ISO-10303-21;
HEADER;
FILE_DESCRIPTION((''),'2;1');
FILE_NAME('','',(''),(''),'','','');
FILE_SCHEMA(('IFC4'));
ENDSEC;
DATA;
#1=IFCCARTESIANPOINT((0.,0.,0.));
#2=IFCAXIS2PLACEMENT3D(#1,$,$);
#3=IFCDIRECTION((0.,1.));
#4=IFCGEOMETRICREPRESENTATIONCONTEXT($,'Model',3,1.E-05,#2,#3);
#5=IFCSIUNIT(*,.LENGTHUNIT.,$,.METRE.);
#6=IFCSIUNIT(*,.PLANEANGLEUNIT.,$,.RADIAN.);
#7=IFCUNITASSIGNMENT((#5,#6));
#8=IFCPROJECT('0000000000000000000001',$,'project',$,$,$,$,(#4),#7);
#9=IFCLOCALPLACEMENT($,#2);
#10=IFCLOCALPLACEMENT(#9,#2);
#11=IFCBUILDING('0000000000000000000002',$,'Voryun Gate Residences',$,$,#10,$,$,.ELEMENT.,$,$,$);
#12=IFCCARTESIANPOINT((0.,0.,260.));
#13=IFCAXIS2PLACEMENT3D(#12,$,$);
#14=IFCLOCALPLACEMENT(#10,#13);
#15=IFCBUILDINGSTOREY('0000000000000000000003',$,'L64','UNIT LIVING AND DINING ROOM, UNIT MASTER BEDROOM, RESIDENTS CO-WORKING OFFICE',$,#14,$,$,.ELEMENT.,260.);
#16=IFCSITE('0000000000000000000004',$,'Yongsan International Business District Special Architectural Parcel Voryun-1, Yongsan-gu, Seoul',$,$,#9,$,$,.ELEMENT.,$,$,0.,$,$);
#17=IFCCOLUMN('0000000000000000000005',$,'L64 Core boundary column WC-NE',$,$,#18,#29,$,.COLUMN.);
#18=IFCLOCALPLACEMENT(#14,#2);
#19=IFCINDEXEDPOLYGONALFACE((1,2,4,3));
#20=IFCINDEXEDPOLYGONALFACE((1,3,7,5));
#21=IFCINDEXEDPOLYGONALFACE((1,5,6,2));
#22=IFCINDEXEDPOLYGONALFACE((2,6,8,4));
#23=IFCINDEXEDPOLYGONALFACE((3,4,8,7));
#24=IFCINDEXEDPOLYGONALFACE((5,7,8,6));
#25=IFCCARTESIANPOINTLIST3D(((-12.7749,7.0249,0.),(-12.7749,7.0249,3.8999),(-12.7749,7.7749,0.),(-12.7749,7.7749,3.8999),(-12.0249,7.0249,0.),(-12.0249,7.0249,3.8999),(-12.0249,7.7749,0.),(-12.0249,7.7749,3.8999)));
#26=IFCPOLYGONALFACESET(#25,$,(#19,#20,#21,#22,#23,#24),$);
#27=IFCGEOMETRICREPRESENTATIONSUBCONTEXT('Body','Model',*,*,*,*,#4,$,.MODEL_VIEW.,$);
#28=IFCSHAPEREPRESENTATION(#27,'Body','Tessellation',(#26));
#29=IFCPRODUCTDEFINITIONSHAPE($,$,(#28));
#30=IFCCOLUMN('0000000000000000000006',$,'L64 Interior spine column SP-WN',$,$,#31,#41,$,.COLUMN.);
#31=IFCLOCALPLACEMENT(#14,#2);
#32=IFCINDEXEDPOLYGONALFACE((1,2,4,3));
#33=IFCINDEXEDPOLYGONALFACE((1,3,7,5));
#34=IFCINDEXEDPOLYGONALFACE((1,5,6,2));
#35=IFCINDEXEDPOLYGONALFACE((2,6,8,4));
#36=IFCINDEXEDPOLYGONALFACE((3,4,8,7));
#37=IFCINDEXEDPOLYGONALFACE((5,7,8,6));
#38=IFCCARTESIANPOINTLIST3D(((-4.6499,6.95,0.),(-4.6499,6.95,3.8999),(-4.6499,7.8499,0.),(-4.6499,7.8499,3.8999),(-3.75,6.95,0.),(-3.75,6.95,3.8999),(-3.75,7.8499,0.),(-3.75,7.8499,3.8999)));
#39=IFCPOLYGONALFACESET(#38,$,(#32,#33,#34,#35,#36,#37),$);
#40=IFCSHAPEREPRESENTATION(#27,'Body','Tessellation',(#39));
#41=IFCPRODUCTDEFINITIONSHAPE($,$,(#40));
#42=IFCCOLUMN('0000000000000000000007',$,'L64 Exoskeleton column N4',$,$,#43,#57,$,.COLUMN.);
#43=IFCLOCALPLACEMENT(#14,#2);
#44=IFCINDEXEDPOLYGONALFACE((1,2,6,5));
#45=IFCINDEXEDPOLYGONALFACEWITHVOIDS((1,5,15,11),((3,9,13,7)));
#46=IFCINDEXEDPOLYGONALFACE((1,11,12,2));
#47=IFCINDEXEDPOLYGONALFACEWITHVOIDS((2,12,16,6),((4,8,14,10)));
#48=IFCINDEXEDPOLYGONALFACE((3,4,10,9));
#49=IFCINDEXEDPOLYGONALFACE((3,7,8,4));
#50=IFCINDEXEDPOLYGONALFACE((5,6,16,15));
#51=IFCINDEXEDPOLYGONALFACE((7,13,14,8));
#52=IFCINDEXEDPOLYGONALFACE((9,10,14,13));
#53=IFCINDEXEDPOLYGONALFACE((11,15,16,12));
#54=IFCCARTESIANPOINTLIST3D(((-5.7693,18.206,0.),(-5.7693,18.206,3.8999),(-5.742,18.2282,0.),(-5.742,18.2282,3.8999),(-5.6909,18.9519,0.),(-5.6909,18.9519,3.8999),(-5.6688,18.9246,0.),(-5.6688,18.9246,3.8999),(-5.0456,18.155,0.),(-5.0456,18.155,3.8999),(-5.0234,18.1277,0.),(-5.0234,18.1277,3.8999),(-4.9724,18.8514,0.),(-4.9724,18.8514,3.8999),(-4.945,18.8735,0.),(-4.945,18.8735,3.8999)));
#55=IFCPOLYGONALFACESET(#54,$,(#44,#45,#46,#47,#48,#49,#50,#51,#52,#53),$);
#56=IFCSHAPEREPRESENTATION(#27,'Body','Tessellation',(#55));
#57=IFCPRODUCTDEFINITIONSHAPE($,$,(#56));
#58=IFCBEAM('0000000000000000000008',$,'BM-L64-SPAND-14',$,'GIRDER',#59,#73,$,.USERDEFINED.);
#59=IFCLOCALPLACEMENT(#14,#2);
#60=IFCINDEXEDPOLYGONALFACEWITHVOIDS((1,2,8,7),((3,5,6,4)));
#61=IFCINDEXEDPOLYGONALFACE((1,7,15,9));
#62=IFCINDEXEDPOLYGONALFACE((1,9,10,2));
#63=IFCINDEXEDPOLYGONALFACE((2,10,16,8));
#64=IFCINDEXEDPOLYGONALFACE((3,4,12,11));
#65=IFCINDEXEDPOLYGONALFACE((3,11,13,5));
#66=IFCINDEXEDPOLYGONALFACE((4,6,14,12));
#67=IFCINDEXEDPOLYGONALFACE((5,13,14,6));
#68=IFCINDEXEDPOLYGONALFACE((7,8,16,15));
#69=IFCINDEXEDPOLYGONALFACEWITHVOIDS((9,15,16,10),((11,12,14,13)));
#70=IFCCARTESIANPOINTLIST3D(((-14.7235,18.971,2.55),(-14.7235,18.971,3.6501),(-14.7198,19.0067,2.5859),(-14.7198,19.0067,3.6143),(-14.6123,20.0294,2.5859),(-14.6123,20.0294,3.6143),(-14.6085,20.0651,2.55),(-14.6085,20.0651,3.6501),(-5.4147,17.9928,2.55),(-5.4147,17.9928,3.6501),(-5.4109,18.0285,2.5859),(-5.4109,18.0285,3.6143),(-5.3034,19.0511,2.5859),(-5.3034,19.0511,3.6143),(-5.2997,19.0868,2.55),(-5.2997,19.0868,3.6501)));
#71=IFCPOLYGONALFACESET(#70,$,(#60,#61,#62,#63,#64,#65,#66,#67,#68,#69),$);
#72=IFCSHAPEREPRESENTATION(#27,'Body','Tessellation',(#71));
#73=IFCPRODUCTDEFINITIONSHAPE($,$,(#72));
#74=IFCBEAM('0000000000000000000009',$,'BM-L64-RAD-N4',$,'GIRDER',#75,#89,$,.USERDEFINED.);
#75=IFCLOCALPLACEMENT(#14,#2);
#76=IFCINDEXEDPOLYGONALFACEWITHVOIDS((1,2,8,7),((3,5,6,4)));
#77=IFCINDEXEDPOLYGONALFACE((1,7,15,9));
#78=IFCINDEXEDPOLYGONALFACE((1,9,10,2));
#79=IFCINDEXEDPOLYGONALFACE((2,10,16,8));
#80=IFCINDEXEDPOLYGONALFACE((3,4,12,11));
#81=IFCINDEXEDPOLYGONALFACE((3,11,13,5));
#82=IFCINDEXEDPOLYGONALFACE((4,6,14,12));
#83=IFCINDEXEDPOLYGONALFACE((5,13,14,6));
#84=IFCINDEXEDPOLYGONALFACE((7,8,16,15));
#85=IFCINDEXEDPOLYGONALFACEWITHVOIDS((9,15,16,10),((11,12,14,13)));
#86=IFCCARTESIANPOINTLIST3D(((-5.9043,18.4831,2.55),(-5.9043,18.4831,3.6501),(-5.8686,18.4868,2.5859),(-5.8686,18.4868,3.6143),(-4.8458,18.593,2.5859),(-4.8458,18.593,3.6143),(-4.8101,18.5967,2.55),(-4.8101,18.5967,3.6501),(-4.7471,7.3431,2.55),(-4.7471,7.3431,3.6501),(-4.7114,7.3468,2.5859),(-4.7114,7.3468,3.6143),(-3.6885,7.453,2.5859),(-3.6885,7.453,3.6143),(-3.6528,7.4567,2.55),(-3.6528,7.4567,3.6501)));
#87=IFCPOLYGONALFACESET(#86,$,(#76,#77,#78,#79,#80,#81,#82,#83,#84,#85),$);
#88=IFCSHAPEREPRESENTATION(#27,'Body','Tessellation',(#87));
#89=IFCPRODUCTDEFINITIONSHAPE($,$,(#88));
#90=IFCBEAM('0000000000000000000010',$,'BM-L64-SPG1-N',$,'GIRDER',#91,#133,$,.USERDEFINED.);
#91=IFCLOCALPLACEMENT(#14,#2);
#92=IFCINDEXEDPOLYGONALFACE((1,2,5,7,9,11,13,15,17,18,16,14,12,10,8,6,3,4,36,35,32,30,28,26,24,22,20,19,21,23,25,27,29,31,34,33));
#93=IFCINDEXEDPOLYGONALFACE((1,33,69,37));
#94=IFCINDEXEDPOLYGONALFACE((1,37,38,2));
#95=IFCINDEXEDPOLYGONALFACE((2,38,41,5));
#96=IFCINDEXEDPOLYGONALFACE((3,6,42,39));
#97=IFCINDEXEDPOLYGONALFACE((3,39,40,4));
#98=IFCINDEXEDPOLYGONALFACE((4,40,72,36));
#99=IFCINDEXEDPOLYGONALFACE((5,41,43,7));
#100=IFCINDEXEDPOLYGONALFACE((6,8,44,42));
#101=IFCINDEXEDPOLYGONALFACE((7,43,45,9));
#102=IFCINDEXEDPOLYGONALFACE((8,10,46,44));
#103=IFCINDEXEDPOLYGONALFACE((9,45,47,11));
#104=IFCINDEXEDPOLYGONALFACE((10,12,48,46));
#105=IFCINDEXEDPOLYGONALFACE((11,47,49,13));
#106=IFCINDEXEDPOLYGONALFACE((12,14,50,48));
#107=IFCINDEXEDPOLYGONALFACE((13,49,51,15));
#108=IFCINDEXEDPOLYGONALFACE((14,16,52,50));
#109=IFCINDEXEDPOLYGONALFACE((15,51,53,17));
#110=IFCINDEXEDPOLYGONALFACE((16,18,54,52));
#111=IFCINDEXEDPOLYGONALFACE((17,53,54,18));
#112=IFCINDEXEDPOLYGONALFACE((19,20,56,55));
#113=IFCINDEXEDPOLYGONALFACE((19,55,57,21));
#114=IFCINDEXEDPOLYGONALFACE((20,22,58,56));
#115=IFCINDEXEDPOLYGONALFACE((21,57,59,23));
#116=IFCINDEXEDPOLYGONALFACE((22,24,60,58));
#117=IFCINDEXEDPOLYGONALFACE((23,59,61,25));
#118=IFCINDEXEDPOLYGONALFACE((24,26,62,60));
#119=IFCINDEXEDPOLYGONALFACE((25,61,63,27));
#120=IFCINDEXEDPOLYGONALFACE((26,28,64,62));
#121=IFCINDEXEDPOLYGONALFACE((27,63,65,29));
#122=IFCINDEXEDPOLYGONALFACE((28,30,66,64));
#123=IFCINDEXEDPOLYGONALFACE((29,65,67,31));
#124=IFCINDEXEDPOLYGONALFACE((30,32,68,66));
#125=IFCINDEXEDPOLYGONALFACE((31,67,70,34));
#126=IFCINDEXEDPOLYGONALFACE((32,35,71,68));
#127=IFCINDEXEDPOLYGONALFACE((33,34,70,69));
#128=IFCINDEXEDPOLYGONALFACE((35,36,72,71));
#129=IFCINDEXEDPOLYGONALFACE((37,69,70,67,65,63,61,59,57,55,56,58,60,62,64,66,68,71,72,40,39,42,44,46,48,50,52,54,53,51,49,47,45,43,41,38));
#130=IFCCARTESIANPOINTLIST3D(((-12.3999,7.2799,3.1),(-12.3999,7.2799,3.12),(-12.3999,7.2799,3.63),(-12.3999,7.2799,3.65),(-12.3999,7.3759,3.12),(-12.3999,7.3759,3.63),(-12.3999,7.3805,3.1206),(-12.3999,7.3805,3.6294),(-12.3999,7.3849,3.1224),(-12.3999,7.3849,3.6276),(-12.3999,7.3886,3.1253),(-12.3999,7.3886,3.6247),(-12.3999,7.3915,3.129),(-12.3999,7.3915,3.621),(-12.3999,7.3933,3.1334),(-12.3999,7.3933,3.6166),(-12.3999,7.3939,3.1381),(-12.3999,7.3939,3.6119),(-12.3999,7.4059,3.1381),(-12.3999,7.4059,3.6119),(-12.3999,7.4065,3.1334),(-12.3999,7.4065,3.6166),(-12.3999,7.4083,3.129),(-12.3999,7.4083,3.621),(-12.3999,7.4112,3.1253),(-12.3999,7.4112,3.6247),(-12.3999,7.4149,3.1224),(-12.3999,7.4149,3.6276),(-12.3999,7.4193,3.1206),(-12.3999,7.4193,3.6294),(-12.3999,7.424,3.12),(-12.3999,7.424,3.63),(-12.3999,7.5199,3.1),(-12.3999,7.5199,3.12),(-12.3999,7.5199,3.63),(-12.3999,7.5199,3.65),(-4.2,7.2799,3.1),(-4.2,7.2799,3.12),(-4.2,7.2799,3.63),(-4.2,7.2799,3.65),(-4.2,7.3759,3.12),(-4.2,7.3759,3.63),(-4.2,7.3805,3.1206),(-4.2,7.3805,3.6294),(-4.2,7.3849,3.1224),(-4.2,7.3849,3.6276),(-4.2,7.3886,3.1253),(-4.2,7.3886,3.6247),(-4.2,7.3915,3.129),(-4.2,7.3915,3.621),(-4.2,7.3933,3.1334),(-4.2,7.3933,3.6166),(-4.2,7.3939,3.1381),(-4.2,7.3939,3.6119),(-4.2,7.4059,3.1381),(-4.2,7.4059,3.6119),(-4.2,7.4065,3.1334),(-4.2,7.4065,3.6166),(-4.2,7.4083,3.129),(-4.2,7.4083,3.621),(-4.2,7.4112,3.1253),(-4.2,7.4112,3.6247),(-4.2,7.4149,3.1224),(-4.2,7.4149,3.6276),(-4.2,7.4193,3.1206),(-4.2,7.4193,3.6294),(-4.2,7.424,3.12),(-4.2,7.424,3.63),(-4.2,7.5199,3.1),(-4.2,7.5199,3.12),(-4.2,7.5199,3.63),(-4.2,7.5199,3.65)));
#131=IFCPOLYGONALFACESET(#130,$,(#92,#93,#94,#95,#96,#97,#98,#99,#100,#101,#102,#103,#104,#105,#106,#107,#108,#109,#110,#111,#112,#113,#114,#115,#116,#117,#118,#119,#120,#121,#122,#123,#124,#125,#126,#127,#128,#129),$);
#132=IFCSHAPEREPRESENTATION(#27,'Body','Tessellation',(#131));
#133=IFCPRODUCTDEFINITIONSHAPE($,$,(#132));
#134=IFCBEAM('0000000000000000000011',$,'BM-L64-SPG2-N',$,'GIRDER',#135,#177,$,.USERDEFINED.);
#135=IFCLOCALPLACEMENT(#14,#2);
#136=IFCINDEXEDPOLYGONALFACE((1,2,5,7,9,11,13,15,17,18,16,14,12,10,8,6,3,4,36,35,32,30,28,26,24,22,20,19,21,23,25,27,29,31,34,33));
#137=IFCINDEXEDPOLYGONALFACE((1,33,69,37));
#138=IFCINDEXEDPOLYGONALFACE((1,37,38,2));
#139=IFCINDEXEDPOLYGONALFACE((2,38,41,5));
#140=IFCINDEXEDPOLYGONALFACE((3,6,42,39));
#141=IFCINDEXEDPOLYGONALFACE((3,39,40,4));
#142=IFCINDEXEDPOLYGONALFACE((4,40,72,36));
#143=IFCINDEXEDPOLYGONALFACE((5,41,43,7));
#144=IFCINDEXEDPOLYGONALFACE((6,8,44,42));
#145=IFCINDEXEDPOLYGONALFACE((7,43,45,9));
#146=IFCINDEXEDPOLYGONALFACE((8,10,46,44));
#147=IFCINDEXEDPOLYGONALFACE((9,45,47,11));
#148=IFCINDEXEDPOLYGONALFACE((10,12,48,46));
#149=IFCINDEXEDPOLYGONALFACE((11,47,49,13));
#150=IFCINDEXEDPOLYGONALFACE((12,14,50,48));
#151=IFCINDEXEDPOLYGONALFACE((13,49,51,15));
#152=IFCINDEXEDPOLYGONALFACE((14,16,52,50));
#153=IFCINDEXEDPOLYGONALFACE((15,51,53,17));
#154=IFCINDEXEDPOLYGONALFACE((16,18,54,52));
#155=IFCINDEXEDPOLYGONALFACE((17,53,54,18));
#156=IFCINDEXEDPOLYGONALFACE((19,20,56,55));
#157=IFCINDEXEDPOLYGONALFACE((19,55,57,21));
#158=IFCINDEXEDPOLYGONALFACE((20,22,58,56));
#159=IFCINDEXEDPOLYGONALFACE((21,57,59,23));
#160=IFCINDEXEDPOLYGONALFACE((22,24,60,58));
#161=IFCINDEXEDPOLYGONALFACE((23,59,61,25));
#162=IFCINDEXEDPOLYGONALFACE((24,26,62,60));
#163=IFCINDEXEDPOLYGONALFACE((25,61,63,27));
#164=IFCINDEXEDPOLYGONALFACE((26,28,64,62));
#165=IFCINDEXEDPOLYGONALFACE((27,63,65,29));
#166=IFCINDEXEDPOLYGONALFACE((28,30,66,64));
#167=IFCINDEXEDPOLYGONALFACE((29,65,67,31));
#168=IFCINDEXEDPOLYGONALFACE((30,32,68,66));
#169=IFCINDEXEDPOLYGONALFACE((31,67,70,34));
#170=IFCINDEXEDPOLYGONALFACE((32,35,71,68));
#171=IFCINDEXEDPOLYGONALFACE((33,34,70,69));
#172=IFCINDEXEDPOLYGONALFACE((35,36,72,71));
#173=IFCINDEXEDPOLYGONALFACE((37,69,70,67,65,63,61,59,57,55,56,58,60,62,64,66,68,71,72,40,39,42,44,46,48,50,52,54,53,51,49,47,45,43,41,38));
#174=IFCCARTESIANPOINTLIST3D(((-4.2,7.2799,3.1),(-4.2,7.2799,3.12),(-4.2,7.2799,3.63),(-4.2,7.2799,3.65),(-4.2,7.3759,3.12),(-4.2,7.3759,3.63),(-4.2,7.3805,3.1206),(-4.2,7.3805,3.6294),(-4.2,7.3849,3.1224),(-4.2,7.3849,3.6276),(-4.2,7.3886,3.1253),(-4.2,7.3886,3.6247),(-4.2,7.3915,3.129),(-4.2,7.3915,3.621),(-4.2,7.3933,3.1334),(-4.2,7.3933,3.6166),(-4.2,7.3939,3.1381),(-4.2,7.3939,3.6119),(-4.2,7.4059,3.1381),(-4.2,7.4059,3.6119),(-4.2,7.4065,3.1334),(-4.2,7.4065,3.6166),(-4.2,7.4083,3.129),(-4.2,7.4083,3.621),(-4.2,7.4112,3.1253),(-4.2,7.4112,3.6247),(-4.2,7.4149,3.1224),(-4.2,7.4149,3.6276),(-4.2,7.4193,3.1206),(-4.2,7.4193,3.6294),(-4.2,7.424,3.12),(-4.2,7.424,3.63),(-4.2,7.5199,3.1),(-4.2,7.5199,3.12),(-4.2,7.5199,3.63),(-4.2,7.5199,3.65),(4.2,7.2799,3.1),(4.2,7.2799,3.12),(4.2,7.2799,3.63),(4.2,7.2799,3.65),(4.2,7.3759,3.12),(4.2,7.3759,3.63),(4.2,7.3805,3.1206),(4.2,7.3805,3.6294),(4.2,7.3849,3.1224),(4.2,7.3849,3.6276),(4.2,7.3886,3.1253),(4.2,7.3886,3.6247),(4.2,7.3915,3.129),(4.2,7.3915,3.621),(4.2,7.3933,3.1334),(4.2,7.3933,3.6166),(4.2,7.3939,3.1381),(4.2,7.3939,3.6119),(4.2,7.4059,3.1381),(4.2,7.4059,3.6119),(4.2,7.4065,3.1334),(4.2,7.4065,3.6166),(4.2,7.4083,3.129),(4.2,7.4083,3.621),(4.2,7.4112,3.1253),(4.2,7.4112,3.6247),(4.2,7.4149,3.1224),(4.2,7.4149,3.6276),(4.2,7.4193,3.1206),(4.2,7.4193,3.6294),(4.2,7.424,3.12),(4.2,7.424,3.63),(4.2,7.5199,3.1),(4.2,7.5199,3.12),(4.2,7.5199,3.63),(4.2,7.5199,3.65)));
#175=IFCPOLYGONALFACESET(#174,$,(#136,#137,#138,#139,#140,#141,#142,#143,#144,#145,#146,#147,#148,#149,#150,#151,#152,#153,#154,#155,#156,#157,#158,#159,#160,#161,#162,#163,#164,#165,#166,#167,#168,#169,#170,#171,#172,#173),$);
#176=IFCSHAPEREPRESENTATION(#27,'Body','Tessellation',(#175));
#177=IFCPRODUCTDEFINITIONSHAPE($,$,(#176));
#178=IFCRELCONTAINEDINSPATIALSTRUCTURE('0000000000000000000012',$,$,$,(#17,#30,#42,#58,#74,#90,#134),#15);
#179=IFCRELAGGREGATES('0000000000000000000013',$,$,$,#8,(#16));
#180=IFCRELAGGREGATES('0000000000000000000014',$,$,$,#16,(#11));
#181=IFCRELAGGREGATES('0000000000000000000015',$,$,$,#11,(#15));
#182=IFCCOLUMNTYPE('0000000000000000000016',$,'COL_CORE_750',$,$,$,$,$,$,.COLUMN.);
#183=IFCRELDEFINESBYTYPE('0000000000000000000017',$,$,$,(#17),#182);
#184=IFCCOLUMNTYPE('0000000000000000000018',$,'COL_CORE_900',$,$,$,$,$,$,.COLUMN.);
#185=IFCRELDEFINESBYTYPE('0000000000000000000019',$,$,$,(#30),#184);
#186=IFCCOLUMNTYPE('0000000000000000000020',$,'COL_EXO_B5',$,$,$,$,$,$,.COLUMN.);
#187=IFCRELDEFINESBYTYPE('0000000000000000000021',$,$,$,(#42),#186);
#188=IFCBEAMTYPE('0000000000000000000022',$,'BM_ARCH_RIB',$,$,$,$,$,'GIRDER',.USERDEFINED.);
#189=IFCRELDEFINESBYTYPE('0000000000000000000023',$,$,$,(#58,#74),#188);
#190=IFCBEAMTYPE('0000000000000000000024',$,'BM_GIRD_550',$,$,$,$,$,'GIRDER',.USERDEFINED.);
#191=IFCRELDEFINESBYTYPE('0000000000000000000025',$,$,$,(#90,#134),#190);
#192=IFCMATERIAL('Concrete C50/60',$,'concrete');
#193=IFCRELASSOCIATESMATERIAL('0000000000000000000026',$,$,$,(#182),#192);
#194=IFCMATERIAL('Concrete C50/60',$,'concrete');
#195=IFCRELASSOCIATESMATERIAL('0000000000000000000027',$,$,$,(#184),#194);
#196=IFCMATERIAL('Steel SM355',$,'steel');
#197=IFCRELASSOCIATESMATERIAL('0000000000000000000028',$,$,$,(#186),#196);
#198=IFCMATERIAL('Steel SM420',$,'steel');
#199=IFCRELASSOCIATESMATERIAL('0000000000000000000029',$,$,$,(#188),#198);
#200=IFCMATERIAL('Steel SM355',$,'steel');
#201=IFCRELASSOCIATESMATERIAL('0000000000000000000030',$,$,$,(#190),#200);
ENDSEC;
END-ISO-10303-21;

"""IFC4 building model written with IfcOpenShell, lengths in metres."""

from ifc_helpers import new_model, si_unit, direction, frame, origin, origin_2d, place, context, subcontext, project, spatial, rectangle, hollow_rectangle, i_section, extrude, material, material_profile, profile_set, type_object, element, save


model = new_model("IFC4")

# Units and contexts
model_context = context("Model", 3, precision=1e-05, world=origin(), true_north=direction((0.0, 1.0)))
body_context = subcontext(model_context, "Body", "Model", "MODEL_VIEW")
ifc_project = project(units=[si_unit("LENGTHUNIT", "METRE"), si_unit("PLANEANGLEUNIT", "RADIAN")], contexts=[model_context])

# Site, building, storey
site_placement = place(None, origin())
site = spatial("IfcSite", under=ifc_project, at=site_placement, Name="Yongsan International Business District Special Architectural Parcel Voryun-1, Yongsan-gu, Seoul", CompositionType="ELEMENT", RefElevation=0.0)
building_placement = place(site_placement, origin())
building = spatial("IfcBuilding", under=site, at=building_placement, Name="Voryun Gate Residences", CompositionType="ELEMENT")
storey_placement = place(building_placement, frame((0.0, 0.0, 260.0)))
storey = spatial("IfcBuildingStorey", under=building, at=storey_placement, Name="L64", Description="UNIT LIVING AND DINING ROOM, UNIT MASTER BEDROOM, RESIDENTS CO-WORKING OFFICE", CompositionType="ELEMENT", Elevation=260.0)

# Columns
ifc_material_1 = material(Name="Concrete C50/60", Category="concrete")
ifc_material_profile_1 = material_profile(ifc_material_1, rectangle(XDim=0.75, YDim=0.75, at=origin_2d()), Name="RC-750x750")
ifc_profile_set_1 = profile_set([ifc_material_profile_1], Name="Concrete C50/60")
column_type_1 = type_object("IfcColumnType", Name="COL_CORE_750", PredefinedType="COLUMN", material=ifc_profile_set_1)
column_1_placement = place(storey_placement, frame((-12.3999, 7.3999, 0.0), z_axis=(0.0, 0.0, 1.0), x_axis=(1.0, 0.0, 0.0)))
element("IfcColumn", 1, at=column_1_placement, inside=storey, type_object=column_type_1, Name="L64 Core boundary column WC-NE", PredefinedType="COLUMN", context=body_context, shape_type="SweptSolid", body=[
    extrude(rectangle(XDim=0.75, YDim=0.75, at=origin_2d()), origin(), (0.0, 0.0, 1.0), 3.8999),
])
ifc_material_2 = material(Name="Concrete C50/60", Category="concrete")
ifc_material_profile_2 = material_profile(ifc_material_2, rectangle(XDim=0.8999, YDim=0.8999, at=origin_2d()), Name="RC-900x900")
ifc_profile_set_2 = profile_set([ifc_material_profile_2], Name="Concrete C50/60")
column_type_2 = type_object("IfcColumnType", Name="COL_CORE_900", PredefinedType="COLUMN", material=ifc_profile_set_2)
column_2_placement = place(storey_placement, frame((-4.2, 7.3999, 0.0), z_axis=(0.0, 0.0, 1.0), x_axis=(1.0, 0.0, 0.0)))
element("IfcColumn", 2, at=column_2_placement, inside=storey, type_object=column_type_2, Name="L64 Interior spine column SP-WN", PredefinedType="COLUMN", context=body_context, shape_type="SweptSolid", body=[
    extrude(rectangle(XDim=0.8999, YDim=0.8999, at=origin_2d()), origin(), (0.0, 0.0, 1.0), 3.8999),
])
ifc_material_3 = material(Name="Steel SM355", Category="steel")
ifc_material_profile_3 = material_profile(ifc_material_3, hollow_rectangle(XDim=0.75, YDim=0.75, WallThickness=0.0249, at=origin_2d()), Name="BOX-750x750x25")
ifc_profile_set_3 = profile_set([ifc_material_profile_3], Name="Steel SM355")
column_type_3 = type_object("IfcColumnType", Name="COL_EXO_B5", PredefinedType="COLUMN", material=ifc_profile_set_3)
column_3_placement = place(storey_placement, frame((-5.3572, 18.5398, 0.0), z_axis=(0.0, 0.0, 1.0), x_axis=(0.994522, -0.104528, 0.0)))
element("IfcColumn", 3, at=column_3_placement, inside=storey, type_object=column_type_3, Name="L64 Exoskeleton column N4", PredefinedType="COLUMN", context=body_context, shape_type="SweptSolid", body=[
    extrude(hollow_rectangle(XDim=0.75, YDim=0.75, WallThickness=0.0249, at=origin_2d()), origin(), (0.0, 0.0, 1.0), 3.8999),
])

# Beams
ifc_material_4 = material(Name="Steel SM420", Category="steel")
ifc_material_profile_4 = material_profile(ifc_material_4, hollow_rectangle(XDim=1.1001, YDim=1.1001, WallThickness=0.0359, at=origin_2d()), Name="BOX-1100x1100x36")
ifc_profile_set_4 = profile_set([ifc_material_profile_4], Name="Steel SM420")
beam_type_1 = type_object("IfcBeamType", Name="BM_ARCH_RIB", ElementType="GIRDER", PredefinedType="USERDEFINED", material=ifc_profile_set_4)
beam_1_placement = place(storey_placement, frame((-5.3572, 18.5398, 3.1001), z_axis=(-0.994523, 0.104515, 0.0), x_axis=(-0.104515, -0.994523, 0.0)))
element("IfcBeam", 4, at=beam_1_placement, inside=storey, type_object=beam_type_1, Name="BM-L64-SPAND-14", ObjectType="GIRDER", PredefinedType="USERDEFINED", context=body_context, shape_type="SweptSolid", body=[
    extrude(hollow_rectangle(XDim=1.1001, YDim=1.1001, WallThickness=0.0359, at=origin_2d()), origin(), (0.0, 0.0, 1.0), 9.3601),
])
beam_2_placement = place(storey_placement, frame((-4.2, 7.3999, 3.1001), z_axis=(-0.103325, 0.994648, 0.0), x_axis=(-0.994648, -0.103325, 0.0)))
element("IfcBeam", 5, at=beam_2_placement, inside=storey, type_object=beam_type_1, Name="BM-L64-RAD-N4", ObjectType="GIRDER", PredefinedType="USERDEFINED", context=body_context, shape_type="SweptSolid", body=[
    extrude(hollow_rectangle(XDim=1.1001, YDim=1.1001, WallThickness=0.0359, at=origin_2d()), origin(), (0.0, 0.0, 1.0), 11.2),
])
ifc_material_5 = material(Name="Steel SM355", Category="steel")
ifc_material_profile_5 = material_profile(ifc_material_5, i_section(OverallWidth=0.24, OverallDepth=0.55, WebThickness=0.012, FlangeThickness=0.02, FilletRadius=0.0181, at=origin_2d()), Name="H-550x240x12x20")
ifc_profile_set_5 = profile_set([ifc_material_profile_5], Name="Steel SM355")
beam_type_2 = type_object("IfcBeamType", Name="BM_GIRD_550", ElementType="GIRDER", PredefinedType="USERDEFINED", material=ifc_profile_set_5)
beam_3_placement = place(storey_placement, frame((-12.3999, 7.3999, 3.375), z_axis=(1.0, 0.0, 0.0), x_axis=(0.0, 1.0, 0.0)))
element("IfcBeam", 6, at=beam_3_placement, inside=storey, type_object=beam_type_2, Name="BM-L64-SPG1-N", ObjectType="GIRDER", PredefinedType="USERDEFINED", context=body_context, shape_type="SweptSolid", body=[
    extrude(i_section(OverallWidth=0.24, OverallDepth=0.55, WebThickness=0.012, FlangeThickness=0.02, FilletRadius=0.0181, at=origin_2d()), origin(), (0.0, 0.0, 1.0), 8.2),
])
beam_4_placement = place(storey_placement, frame((-4.2, 7.3999, 3.375), z_axis=(1.0, 0.0, 0.0), x_axis=(0.0, 1.0, 0.0)))
element("IfcBeam", 7, at=beam_4_placement, inside=storey, type_object=beam_type_2, Name="BM-L64-SPG2-N", ObjectType="GIRDER", PredefinedType="USERDEFINED", context=body_context, shape_type="SweptSolid", body=[
    extrude(i_section(OverallWidth=0.24, OverallDepth=0.55, WebThickness=0.012, FlangeThickness=0.02, FilletRadius=0.0181, at=origin_2d()), origin(), (0.0, 0.0, 1.0), 8.3999),
])

save(model, "model.ifc")
